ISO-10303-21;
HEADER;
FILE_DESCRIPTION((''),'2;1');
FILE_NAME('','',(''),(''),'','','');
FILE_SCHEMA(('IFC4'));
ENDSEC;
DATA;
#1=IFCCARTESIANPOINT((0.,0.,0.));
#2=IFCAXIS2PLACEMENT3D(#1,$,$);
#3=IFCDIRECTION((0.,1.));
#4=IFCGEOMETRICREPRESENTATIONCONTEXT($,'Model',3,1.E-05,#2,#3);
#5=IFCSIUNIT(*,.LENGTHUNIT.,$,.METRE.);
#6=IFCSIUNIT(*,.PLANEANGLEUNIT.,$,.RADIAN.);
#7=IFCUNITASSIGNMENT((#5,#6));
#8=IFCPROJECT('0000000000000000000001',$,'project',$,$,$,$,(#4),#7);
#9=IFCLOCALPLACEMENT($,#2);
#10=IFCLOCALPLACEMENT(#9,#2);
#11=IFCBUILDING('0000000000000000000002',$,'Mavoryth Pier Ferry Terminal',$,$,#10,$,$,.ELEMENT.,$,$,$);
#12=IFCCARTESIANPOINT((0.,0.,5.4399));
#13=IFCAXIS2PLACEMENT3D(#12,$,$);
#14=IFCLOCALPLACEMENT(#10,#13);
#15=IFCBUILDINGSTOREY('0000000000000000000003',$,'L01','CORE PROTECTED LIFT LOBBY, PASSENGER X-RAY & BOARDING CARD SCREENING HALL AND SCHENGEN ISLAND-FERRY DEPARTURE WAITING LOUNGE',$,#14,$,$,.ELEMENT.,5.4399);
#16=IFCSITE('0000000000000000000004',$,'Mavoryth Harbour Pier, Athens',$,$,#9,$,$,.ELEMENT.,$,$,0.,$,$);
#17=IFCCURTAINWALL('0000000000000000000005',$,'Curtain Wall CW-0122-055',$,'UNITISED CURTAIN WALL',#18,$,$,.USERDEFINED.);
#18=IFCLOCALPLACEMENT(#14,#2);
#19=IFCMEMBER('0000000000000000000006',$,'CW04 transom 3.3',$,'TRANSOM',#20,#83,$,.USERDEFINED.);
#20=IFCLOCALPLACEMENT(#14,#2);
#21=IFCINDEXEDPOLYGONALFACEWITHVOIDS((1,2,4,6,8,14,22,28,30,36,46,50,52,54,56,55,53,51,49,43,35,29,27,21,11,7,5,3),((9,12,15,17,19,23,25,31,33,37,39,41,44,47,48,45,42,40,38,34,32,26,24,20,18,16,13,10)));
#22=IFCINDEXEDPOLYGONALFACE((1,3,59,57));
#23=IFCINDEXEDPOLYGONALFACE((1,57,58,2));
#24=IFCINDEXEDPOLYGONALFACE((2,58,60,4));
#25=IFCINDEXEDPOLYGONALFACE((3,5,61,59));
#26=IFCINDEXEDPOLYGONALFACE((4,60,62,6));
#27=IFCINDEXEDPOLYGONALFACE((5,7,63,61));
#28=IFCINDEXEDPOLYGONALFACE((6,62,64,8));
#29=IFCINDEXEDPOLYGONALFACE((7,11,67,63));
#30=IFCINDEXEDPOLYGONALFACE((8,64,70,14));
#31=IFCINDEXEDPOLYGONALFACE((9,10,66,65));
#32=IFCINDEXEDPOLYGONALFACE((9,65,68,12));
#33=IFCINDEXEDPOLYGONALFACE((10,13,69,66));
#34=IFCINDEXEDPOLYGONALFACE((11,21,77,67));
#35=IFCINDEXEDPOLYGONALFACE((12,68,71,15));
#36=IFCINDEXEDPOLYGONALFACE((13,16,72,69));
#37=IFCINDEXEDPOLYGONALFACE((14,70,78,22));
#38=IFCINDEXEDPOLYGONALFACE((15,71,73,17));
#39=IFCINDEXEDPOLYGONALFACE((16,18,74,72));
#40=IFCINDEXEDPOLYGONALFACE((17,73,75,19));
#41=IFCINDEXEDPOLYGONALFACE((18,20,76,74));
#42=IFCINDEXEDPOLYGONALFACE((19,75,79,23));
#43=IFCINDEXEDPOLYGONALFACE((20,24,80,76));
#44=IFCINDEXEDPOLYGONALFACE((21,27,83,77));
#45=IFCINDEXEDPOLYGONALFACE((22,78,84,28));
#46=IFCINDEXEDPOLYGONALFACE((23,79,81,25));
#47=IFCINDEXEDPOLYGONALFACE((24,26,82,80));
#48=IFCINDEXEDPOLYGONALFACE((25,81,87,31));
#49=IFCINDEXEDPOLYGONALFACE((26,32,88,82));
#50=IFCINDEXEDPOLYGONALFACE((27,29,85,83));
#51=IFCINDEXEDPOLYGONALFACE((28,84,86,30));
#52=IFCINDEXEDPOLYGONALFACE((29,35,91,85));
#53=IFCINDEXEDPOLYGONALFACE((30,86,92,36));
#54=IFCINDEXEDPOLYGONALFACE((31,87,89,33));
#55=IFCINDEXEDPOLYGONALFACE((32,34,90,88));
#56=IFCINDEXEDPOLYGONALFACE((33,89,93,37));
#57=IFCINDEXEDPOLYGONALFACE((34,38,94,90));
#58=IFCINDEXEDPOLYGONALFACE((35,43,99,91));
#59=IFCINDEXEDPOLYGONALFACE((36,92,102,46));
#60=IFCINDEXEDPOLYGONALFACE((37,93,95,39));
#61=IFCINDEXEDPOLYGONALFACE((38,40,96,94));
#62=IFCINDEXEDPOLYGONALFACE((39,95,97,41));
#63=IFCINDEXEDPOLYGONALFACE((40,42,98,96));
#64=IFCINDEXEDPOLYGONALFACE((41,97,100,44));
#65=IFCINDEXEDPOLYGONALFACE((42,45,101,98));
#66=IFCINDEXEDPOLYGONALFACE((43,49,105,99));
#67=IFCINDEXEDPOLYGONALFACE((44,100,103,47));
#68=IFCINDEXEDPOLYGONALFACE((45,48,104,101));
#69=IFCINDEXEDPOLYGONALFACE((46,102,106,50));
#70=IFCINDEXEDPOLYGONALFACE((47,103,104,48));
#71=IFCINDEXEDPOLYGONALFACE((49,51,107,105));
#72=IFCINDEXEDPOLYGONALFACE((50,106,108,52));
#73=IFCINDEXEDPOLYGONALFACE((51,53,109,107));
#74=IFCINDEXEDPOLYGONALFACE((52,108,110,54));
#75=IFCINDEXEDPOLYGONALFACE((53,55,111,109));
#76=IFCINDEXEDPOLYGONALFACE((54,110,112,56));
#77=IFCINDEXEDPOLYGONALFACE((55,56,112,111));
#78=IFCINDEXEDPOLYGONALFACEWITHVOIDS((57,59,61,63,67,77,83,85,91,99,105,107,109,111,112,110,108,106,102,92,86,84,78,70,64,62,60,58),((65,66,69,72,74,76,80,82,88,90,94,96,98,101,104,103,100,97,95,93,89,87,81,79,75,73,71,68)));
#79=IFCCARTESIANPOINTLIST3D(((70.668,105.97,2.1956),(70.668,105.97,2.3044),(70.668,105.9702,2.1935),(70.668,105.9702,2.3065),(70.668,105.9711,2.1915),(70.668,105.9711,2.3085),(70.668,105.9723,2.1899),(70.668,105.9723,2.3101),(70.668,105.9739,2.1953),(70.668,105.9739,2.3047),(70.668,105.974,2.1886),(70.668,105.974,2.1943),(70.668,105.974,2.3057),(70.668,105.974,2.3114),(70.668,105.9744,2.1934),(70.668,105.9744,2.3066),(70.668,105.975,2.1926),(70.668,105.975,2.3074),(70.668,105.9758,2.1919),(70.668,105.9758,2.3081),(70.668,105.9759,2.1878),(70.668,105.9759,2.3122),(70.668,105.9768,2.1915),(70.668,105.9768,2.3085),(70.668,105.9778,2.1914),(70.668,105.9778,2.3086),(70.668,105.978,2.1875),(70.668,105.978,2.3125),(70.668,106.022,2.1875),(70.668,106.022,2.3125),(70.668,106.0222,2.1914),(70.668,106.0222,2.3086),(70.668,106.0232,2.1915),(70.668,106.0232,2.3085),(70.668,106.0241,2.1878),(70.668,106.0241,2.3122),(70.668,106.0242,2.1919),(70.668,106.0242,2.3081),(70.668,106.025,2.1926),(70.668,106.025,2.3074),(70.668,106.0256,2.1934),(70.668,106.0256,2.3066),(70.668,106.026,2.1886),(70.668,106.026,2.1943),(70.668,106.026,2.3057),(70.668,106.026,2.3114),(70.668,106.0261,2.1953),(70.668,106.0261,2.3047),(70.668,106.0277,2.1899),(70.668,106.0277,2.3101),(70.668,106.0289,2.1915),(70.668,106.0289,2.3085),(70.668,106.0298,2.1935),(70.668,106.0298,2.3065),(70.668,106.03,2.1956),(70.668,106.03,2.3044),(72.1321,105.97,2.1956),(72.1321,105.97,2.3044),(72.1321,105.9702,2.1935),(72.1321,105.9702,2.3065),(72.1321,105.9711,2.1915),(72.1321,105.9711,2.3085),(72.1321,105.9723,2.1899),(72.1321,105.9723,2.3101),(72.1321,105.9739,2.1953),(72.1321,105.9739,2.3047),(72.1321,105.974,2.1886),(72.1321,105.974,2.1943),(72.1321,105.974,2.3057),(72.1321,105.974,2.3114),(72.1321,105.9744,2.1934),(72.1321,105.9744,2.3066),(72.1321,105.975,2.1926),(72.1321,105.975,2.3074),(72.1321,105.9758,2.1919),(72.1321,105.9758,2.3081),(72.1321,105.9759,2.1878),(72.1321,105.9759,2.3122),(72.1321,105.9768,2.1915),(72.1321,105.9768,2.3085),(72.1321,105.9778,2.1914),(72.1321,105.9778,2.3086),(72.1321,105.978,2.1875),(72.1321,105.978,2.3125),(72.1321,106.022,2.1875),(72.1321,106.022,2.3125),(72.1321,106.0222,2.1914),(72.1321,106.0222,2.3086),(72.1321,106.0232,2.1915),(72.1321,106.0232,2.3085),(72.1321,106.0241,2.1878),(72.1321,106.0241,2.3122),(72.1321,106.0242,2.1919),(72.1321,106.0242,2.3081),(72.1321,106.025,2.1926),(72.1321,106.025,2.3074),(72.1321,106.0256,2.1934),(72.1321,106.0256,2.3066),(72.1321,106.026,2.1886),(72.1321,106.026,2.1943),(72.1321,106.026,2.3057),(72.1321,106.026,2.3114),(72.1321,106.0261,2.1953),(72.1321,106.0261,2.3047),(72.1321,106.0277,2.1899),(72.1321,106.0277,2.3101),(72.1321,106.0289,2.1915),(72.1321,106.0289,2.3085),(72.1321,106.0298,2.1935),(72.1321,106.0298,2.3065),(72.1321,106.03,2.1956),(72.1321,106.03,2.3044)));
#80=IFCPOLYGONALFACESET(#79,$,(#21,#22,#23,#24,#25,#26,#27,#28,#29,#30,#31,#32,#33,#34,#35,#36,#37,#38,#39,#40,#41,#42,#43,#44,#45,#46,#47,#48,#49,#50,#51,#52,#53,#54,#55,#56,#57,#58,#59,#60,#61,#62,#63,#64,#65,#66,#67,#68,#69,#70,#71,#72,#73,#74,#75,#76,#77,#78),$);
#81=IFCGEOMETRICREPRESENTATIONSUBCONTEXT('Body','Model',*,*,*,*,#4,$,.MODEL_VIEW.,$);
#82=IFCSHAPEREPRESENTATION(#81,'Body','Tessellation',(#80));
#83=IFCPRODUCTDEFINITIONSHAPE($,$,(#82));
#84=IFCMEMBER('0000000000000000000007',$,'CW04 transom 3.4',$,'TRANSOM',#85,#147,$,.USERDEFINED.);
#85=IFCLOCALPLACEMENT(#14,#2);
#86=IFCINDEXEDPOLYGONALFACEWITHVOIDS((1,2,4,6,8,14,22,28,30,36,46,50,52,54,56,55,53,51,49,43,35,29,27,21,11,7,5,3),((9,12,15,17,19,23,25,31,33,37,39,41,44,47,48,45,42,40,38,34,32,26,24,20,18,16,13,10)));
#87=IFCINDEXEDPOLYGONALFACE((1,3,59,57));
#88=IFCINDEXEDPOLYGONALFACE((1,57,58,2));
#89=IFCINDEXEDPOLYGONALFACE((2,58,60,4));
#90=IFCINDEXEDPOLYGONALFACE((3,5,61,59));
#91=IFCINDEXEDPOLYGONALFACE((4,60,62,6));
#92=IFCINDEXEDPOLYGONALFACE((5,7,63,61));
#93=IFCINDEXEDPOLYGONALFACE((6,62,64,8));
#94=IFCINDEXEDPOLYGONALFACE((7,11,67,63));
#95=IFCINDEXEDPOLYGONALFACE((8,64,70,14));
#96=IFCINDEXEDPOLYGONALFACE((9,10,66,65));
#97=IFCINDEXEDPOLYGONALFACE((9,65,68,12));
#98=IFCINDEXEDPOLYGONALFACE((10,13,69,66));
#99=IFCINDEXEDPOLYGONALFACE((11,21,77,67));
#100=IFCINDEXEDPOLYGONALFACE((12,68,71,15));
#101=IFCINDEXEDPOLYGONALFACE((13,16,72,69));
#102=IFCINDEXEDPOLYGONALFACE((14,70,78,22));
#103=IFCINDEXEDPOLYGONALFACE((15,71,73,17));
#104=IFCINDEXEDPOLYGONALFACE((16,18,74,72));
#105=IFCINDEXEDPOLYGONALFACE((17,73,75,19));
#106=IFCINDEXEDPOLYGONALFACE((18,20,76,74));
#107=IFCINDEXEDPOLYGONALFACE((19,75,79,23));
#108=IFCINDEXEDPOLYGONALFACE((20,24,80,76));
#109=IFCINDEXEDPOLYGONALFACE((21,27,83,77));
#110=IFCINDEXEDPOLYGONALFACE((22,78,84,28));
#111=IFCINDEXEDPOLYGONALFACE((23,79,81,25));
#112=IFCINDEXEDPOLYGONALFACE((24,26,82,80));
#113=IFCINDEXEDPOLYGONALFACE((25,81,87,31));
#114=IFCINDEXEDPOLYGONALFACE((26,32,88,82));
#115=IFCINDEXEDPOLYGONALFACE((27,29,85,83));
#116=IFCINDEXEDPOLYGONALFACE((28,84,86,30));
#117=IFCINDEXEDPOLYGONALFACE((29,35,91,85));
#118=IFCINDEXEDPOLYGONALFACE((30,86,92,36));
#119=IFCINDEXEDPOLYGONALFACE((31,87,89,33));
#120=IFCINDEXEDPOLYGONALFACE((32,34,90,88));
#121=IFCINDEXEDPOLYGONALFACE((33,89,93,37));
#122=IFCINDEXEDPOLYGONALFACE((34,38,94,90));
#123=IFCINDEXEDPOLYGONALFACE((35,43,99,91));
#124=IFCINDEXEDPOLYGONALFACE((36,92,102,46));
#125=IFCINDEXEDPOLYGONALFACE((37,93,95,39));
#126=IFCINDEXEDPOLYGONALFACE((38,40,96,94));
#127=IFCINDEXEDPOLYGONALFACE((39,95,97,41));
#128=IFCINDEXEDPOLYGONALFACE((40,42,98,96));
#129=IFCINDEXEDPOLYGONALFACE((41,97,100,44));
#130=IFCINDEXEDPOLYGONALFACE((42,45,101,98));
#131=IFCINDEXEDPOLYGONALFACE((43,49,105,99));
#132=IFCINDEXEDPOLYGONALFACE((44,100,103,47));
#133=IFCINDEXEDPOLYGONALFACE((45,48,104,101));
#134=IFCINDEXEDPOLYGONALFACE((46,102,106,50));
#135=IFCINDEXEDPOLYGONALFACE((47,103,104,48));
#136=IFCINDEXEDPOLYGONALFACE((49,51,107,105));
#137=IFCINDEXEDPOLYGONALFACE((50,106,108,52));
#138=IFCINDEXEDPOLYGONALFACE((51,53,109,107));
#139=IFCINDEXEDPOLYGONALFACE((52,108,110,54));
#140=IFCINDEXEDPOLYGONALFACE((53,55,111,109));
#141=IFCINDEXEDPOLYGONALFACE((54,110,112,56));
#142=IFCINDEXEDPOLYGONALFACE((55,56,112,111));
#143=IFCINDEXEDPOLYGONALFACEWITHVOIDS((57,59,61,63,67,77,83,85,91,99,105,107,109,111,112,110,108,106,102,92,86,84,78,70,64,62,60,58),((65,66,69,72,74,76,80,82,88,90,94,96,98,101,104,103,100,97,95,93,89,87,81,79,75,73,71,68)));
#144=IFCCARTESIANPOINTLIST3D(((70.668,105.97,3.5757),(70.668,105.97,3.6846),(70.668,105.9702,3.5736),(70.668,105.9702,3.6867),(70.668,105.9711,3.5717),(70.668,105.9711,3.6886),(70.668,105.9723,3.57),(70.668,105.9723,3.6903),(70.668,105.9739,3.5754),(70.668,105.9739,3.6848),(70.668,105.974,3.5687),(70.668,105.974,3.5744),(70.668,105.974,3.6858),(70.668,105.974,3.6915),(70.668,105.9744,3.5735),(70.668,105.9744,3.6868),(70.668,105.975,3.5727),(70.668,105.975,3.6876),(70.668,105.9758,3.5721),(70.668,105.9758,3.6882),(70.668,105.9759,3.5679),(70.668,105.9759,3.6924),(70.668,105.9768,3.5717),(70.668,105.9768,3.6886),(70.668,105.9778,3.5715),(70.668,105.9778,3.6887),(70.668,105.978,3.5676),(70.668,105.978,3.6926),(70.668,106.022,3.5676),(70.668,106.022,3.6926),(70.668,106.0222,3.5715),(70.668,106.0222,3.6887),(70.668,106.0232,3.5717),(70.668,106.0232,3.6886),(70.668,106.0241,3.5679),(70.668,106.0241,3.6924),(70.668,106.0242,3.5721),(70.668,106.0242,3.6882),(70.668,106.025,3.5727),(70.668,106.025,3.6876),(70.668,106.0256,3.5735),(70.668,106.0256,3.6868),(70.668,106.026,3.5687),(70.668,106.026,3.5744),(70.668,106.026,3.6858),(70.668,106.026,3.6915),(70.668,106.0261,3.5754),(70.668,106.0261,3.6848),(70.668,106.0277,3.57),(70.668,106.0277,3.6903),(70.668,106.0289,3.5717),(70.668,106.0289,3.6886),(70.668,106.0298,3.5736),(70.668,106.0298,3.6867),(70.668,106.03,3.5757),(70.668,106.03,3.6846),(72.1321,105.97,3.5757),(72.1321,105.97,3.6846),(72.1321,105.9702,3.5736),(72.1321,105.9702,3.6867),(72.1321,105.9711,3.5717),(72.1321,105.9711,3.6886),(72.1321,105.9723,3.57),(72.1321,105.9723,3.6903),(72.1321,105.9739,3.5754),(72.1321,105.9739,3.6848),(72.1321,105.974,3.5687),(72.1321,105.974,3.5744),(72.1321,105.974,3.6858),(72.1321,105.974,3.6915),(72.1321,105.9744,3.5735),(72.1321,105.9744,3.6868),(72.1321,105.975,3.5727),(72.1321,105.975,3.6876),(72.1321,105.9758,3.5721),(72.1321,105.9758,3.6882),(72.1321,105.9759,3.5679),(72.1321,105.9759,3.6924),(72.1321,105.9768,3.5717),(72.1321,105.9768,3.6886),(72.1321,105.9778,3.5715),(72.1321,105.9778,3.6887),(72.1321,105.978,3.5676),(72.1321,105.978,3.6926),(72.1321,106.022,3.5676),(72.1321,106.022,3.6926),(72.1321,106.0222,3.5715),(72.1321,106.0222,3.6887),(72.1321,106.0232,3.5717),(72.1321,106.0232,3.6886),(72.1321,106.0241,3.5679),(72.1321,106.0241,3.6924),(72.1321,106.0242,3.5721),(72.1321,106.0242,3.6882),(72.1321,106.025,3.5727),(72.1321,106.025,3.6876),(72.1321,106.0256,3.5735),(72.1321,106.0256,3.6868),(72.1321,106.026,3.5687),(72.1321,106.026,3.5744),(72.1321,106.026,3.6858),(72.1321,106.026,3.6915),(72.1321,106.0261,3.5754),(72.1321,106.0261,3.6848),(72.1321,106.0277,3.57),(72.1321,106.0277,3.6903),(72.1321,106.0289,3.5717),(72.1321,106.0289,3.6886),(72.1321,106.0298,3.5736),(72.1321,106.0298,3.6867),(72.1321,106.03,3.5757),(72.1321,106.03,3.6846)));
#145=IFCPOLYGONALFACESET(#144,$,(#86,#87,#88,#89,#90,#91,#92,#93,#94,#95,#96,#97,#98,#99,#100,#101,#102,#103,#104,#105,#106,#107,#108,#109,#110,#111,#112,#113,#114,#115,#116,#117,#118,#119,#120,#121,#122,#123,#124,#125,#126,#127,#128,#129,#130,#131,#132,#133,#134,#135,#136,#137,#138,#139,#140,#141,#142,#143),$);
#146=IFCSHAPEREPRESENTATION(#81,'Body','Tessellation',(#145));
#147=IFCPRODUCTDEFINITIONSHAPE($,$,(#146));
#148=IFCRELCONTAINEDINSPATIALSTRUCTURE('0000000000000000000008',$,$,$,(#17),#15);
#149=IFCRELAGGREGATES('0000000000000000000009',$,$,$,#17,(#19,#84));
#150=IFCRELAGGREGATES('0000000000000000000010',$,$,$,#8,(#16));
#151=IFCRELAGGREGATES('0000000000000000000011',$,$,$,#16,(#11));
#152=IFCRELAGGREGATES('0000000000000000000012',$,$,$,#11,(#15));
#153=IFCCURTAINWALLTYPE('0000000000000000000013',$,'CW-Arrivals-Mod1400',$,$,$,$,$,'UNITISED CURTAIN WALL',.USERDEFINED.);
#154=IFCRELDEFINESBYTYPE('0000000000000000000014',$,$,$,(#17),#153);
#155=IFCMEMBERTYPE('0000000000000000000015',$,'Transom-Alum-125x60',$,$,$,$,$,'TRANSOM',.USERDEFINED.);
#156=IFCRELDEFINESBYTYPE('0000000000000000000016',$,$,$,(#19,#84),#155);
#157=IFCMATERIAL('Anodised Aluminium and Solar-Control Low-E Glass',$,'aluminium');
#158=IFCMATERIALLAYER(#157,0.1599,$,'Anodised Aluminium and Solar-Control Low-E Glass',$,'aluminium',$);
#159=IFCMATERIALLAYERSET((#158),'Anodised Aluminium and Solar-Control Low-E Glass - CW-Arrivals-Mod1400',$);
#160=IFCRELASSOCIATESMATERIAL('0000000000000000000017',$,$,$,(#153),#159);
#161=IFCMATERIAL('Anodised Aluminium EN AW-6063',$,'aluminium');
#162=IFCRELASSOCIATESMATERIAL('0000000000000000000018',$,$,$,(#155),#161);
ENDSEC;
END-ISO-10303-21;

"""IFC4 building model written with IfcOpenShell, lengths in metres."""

from ifc_helpers import new_model, si_unit, direction, frame, origin, origin_2d, place, context, subcontext, project, spatial, hollow_rectangle, extrude, material, layer, layer_set, material_profile, profile_set, type_object, element, aggregate, save


model = new_model("IFC4")

# Units and contexts
model_context = context("Model", 3, precision=1e-05, world=origin(), true_north=direction((0.0, 1.0)))
body_context = subcontext(model_context, "Body", "Model", "MODEL_VIEW")
ifc_project = project(units=[si_unit("LENGTHUNIT", "METRE"), si_unit("PLANEANGLEUNIT", "RADIAN")], contexts=[model_context])

# Site, building, storey
site_placement = place(None, origin())
site = spatial("IfcSite", under=ifc_project, at=site_placement, Name="Mavoryth Harbour Pier, Athens", CompositionType="ELEMENT", RefElevation=0.0)
building_placement = place(site_placement, origin())
building = spatial("IfcBuilding", under=site, at=building_placement, Name="Mavoryth Pier Ferry Terminal", CompositionType="ELEMENT")
storey_placement = place(building_placement, frame((0.0, 0.0, 5.4399)))
storey = spatial("IfcBuildingStorey", under=building, at=storey_placement, Name="L01", Description="CORE PROTECTED LIFT LOBBY, PASSENGER X-RAY & BOARDING CARD SCREENING HALL AND SCHENGEN ISLAND-FERRY DEPARTURE WAITING LOUNGE", CompositionType="ELEMENT", Elevation=5.4399)

# Curtain wall
ifc_material_1 = material(Name="Anodised Aluminium and Solar-Control Low-E Glass", Category="aluminium")
ifc_layer_1 = layer(ifc_material_1, 0.1599, Name="Anodised Aluminium and Solar-Control Low-E Glass", Category="aluminium")
ifc_layer_set_1 = layer_set([ifc_layer_1], Name="Anodised Aluminium and Solar-Control Low-E Glass - CW-Arrivals-Mod1400")
curtain_wall_type = type_object("IfcCurtainWallType", Name="CW-Arrivals-Mod1400", ElementType="UNITISED CURTAIN WALL", PredefinedType="USERDEFINED", material=ifc_layer_set_1)
curtain_wall_placement = place(storey_placement, origin())
curtain_wall = element("IfcCurtainWall", 1, at=curtain_wall_placement, inside=storey, type_object=curtain_wall_type, Name="Curtain Wall CW-0122-055", ObjectType="UNITISED CURTAIN WALL", PredefinedType="USERDEFINED")
ifc_material_2 = material(Name="Anodised Aluminium EN AW-6063", Category="aluminium")

# Members
ifc_material_profile_1 = material_profile(ifc_material_2, hollow_rectangle(XDim=0.0601, YDim=0.125, WallThickness=0.0039, InnerFilletRadius=0.0039, OuterFilletRadius=0.0081, at=origin_2d()), Name="AL-TRAN 125x60x4", Category="aluminium")
ifc_profile_set_1 = profile_set([ifc_material_profile_1], Name="Anodised Aluminium EN AW-6063 - AL-TRAN 125x60x4")
member_type_1 = type_object("IfcMemberType", Name="Transom-Alum-125x60", ElementType="TRANSOM", PredefinedType="USERDEFINED", material=ifc_profile_set_1)
member_1_placement = place(storey_placement, frame((72.1321, 106.0, 2.25), z_axis=(-1.0, 0.0, 0.0), x_axis=(0.0, -1.0, 0.0)))
member_1 = element("IfcMember", 2, at=member_1_placement, type_object=member_type_1, Name="CW04 transom 3.3", ObjectType="TRANSOM", PredefinedType="USERDEFINED", context=body_context, shape_type="SweptSolid", body=[
    extrude(hollow_rectangle(XDim=0.0601, YDim=0.125, WallThickness=0.0039, InnerFilletRadius=0.0039, OuterFilletRadius=0.0081, at=origin_2d()), origin(), (0.0, 0.0, 1.0), 1.4641),
])
member_2_placement = place(storey_placement, frame((72.1321, 106.0, 3.6301), z_axis=(-1.0, 0.0, 0.0), x_axis=(0.0, -1.0, 0.0)))
member_2 = element("IfcMember", 3, at=member_2_placement, type_object=member_type_1, Name="CW04 transom 3.4", ObjectType="TRANSOM", PredefinedType="USERDEFINED", context=body_context, shape_type="SweptSolid", body=[
    extrude(hollow_rectangle(XDim=0.0601, YDim=0.125, WallThickness=0.0039, InnerFilletRadius=0.0039, OuterFilletRadius=0.0081, at=origin_2d()), origin(), (0.0, 0.0, 1.0), 1.4641),
])

aggregate(curtain_wall, [member_1, member_2])

save(model, "model.ifc")
